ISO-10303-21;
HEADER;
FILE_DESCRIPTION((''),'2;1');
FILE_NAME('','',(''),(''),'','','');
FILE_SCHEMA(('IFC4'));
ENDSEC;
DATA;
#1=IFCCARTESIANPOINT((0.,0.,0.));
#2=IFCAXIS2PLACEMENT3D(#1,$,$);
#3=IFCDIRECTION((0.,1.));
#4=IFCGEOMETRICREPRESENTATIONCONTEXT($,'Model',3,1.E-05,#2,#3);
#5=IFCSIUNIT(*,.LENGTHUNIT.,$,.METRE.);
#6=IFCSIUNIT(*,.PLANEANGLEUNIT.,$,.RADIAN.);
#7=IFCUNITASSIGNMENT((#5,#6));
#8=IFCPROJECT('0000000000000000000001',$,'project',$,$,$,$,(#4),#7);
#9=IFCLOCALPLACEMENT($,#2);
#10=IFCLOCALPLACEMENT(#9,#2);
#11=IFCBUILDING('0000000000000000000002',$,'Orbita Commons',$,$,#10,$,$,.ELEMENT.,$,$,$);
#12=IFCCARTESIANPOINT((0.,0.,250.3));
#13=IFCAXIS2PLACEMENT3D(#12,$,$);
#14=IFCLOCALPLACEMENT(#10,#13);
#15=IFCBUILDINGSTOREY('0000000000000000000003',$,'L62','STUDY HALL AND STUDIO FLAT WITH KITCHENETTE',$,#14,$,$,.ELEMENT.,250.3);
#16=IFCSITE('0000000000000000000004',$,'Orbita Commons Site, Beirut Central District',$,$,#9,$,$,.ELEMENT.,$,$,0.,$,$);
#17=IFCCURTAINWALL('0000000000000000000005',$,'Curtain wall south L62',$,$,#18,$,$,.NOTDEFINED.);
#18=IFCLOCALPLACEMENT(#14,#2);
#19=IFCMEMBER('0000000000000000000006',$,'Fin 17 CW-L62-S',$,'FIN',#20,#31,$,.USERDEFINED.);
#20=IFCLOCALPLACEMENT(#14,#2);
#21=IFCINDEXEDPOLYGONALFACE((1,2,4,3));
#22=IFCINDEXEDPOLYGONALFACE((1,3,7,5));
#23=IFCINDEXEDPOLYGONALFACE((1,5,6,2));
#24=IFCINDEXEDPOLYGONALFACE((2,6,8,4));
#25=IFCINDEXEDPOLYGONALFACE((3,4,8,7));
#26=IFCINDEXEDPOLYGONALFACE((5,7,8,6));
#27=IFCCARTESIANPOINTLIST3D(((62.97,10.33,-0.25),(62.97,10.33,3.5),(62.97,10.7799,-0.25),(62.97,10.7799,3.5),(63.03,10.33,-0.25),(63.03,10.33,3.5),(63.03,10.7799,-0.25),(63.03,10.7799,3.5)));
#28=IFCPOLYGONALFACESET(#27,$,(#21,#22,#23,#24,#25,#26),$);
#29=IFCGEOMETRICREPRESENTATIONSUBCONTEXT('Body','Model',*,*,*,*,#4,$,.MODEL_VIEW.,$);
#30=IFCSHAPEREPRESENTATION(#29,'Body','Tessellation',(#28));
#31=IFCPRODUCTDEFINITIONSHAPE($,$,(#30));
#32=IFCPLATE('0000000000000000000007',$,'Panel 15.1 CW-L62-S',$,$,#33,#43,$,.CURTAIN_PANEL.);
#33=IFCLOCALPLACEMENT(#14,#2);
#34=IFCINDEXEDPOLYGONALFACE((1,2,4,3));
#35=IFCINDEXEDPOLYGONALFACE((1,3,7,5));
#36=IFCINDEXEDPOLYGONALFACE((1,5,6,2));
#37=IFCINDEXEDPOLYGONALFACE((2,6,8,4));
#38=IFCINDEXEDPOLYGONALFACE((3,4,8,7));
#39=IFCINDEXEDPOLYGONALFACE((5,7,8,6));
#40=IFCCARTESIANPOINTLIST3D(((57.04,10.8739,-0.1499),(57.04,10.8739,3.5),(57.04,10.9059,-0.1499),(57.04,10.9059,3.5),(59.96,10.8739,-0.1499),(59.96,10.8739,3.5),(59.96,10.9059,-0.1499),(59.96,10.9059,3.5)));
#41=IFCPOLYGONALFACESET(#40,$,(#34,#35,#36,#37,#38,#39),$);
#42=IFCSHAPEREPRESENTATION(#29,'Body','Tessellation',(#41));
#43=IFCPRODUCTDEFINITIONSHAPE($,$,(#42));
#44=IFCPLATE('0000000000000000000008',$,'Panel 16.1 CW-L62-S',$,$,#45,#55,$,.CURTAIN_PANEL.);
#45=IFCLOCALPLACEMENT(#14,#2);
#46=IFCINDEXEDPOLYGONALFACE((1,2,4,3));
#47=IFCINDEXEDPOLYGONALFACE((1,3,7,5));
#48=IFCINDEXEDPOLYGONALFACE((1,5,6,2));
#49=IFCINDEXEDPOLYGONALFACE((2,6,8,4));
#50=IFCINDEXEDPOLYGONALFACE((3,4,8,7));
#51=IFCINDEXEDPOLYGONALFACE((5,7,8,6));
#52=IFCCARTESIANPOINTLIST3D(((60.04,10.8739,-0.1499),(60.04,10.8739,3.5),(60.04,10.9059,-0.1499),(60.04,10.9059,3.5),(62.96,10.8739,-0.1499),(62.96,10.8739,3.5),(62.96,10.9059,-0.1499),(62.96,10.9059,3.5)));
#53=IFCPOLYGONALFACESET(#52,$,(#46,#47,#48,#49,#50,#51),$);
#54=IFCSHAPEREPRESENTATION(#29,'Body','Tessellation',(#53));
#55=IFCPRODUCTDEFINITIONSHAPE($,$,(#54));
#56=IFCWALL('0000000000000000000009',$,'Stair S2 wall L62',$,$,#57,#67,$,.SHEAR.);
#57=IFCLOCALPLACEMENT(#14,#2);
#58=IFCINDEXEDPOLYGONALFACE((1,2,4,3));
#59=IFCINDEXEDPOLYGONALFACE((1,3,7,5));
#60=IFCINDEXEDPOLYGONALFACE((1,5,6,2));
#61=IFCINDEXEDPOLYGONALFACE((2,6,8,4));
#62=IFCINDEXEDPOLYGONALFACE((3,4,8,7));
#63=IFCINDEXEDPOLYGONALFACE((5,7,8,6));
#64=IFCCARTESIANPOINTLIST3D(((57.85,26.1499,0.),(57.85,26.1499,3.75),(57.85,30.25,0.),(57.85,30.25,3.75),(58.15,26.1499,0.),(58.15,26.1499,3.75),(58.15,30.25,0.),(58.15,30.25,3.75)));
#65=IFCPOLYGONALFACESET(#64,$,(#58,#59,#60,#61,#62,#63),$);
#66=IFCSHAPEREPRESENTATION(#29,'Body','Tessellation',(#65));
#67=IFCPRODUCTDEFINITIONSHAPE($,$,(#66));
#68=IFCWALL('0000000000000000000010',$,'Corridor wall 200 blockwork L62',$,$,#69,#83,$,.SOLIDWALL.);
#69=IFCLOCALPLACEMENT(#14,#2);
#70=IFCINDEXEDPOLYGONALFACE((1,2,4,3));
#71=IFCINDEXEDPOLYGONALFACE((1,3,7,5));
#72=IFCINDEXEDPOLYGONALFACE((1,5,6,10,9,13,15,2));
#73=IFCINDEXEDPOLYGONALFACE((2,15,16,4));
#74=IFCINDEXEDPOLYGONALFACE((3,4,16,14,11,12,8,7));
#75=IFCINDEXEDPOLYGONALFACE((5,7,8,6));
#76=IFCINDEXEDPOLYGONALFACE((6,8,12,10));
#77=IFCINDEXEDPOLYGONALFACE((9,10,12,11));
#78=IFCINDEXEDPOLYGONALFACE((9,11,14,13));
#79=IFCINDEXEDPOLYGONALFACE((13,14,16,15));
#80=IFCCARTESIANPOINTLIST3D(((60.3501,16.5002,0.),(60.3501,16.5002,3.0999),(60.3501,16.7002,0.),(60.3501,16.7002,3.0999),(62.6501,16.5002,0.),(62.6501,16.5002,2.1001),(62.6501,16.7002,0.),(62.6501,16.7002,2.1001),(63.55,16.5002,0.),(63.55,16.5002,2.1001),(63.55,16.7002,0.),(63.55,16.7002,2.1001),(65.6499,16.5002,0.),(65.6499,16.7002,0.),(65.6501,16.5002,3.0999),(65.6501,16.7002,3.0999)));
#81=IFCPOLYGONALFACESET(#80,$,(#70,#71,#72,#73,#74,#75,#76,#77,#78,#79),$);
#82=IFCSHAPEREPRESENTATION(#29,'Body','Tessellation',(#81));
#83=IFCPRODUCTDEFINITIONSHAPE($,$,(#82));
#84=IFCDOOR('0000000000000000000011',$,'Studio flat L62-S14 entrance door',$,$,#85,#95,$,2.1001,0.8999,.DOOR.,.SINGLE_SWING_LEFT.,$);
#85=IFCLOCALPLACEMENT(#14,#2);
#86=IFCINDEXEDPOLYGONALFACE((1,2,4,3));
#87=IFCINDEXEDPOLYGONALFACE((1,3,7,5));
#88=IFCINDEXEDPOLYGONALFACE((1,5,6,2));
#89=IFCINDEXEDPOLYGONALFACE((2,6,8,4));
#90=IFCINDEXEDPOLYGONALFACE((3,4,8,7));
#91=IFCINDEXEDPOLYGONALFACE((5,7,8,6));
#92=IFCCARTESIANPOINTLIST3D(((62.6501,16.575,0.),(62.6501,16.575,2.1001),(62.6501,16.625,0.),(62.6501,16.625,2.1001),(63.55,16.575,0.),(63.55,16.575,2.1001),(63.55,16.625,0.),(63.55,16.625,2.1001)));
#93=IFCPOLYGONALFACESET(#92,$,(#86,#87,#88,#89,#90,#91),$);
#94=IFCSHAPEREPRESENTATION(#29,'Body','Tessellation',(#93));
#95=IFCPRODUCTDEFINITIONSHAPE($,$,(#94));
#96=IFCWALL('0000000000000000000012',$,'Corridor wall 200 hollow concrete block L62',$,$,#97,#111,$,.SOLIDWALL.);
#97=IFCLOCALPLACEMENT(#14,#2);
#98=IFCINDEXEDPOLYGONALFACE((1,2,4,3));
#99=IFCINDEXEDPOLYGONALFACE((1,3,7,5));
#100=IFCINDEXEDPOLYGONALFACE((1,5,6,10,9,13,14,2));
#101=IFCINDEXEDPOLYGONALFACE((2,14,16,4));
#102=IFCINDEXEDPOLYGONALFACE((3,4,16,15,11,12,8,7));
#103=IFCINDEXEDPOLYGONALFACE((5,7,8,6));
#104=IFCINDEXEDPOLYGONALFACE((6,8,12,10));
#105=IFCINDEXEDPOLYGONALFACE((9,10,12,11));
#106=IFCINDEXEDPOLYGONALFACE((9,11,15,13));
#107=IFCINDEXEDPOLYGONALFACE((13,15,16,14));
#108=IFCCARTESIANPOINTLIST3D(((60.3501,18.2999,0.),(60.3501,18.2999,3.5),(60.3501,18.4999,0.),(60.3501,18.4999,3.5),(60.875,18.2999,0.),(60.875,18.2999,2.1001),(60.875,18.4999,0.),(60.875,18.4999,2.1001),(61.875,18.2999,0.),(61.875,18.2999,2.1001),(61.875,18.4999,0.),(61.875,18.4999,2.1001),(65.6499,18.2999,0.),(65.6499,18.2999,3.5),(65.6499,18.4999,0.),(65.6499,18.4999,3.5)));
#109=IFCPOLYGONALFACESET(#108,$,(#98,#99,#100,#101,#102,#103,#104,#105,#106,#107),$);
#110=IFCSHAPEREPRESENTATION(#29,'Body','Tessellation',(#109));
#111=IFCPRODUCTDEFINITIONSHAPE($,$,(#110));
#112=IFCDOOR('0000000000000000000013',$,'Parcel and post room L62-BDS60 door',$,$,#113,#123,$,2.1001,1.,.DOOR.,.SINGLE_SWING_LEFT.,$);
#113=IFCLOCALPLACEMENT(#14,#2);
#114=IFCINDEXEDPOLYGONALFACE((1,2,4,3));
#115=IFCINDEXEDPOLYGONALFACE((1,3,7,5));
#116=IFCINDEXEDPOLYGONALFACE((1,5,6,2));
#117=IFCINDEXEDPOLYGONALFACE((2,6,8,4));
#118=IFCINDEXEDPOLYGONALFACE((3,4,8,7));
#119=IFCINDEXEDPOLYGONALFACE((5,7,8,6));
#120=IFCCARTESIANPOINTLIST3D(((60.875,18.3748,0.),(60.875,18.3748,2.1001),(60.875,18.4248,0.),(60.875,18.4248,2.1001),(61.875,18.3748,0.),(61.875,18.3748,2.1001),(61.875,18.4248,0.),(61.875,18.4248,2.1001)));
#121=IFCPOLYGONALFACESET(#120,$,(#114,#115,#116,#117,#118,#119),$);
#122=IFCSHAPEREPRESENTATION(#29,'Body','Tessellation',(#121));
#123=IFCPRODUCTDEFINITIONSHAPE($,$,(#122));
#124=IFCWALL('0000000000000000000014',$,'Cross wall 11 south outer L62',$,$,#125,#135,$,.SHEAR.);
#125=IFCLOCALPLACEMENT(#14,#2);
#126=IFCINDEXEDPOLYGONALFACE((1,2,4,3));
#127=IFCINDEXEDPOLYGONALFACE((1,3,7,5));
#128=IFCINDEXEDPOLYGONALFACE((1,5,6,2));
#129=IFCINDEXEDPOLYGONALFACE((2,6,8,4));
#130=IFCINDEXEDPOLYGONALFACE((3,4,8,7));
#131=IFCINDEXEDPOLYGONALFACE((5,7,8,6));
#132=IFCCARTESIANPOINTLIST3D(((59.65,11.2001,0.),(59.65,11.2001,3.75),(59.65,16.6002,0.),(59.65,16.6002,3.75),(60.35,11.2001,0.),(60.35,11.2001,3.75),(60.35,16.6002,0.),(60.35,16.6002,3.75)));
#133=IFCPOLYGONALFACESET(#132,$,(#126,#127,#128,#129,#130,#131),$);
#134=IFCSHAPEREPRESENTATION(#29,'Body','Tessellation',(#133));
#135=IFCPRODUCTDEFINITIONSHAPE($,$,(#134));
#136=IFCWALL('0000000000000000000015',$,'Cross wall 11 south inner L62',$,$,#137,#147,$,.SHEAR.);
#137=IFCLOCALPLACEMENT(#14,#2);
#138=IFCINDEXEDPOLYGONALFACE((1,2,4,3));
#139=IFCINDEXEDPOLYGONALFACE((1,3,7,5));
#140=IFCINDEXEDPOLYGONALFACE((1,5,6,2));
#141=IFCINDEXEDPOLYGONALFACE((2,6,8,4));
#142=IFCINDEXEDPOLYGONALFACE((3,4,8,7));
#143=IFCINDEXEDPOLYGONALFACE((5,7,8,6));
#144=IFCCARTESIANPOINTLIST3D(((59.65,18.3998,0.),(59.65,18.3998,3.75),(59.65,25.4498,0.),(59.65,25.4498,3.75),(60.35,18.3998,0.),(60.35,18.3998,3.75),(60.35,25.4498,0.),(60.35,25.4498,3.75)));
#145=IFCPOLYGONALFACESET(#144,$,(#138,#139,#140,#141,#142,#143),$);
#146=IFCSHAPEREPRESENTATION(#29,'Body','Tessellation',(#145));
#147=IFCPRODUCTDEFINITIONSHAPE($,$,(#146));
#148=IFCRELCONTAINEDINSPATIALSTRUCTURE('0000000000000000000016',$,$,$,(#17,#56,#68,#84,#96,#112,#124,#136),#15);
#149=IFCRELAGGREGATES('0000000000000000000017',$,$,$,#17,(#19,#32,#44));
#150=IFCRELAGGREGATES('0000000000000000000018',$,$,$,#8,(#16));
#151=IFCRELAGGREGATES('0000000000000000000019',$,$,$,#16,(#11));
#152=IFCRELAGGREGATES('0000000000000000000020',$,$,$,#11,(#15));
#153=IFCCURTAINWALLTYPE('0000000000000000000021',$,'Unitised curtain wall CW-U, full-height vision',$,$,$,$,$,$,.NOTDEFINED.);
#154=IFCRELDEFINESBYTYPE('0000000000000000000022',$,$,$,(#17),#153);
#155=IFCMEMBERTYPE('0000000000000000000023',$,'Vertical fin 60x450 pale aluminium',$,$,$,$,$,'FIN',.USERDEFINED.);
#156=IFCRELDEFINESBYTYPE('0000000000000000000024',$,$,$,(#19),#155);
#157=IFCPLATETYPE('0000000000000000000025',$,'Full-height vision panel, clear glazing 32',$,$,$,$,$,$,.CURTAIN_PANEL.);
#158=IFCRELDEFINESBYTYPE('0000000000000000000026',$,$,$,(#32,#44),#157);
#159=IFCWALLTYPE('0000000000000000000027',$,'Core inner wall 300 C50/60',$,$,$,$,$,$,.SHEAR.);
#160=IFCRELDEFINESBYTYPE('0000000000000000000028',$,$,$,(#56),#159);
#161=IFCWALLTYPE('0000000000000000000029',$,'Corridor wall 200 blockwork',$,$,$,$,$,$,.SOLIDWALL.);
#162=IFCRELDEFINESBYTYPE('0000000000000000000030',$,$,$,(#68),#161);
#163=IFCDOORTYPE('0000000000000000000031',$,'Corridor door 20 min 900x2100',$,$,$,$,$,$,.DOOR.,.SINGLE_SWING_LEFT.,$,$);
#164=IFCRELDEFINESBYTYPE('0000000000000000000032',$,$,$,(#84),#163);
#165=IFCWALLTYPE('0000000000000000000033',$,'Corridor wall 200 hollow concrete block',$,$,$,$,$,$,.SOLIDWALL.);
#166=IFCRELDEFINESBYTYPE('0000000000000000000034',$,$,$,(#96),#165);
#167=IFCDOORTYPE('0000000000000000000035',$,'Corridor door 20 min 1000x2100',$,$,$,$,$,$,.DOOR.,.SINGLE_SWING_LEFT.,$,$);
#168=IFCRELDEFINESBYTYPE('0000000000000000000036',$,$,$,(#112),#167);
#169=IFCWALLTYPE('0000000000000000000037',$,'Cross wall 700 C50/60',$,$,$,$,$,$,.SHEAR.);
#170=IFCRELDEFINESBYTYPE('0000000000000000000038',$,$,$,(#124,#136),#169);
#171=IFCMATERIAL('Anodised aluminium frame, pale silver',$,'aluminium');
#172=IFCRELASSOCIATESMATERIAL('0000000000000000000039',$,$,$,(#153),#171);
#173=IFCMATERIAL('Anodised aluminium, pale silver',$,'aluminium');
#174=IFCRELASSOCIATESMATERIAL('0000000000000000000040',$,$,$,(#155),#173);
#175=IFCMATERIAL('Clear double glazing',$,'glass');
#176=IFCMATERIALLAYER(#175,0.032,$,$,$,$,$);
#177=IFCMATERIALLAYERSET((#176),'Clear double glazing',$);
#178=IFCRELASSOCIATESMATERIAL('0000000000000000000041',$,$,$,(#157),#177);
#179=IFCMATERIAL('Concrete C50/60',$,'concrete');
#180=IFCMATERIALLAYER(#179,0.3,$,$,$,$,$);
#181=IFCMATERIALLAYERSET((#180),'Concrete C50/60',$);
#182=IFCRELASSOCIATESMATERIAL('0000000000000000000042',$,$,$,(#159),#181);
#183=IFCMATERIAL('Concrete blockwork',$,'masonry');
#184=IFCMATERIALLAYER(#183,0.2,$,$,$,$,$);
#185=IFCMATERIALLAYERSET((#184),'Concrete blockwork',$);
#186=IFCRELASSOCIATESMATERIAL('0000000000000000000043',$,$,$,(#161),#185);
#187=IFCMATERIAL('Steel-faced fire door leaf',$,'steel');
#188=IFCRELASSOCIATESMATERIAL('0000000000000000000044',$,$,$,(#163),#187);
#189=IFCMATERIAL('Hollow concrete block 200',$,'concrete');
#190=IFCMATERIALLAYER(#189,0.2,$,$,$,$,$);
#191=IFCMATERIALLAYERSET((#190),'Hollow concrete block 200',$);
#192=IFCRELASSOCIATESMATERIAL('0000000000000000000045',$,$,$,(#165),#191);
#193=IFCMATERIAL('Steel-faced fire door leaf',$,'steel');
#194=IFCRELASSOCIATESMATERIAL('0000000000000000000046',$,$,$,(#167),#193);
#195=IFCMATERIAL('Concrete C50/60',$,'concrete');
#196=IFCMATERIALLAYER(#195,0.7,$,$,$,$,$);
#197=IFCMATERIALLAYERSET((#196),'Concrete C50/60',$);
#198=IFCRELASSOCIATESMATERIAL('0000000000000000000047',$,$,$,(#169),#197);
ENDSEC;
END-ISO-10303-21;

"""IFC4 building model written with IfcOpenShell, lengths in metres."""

from ifc_helpers import new_model, si_unit, direction, frame, frame_2d, origin, origin_2d, place, context, subcontext, project, spatial, polyline, rectangle, outline, extrude, material, layer, layer_set, material_profile, profile_set, type_object, element, fill, aggregate, save


model = new_model("IFC4")

# Units and contexts
model_context = context("Model", 3, precision=1e-05, world=origin(), true_north=direction((0.0, 1.0)))
body_context = subcontext(model_context, "Body", "Model", "MODEL_VIEW")
ifc_project = project(units=[si_unit("LENGTHUNIT", "METRE"), si_unit("PLANEANGLEUNIT", "RADIAN")], contexts=[model_context])

# Site, building, storey
site_placement = place(None, origin())
site = spatial("IfcSite", under=ifc_project, at=site_placement, Name="Orbita Commons Site, Beirut Central District", CompositionType="ELEMENT", RefElevation=0.0)
building_placement = place(site_placement, origin())
building = spatial("IfcBuilding", under=site, at=building_placement, Name="Orbita Commons", CompositionType="ELEMENT")
storey_placement = place(building_placement, frame((0.0, 0.0, 250.3)))
storey = spatial("IfcBuildingStorey", under=building, at=storey_placement, Name="L62", Description="STUDY HALL AND STUDIO FLAT WITH KITCHENETTE", CompositionType="ELEMENT", Elevation=250.3)

# Curtain wall
ifc_material_1 = material(Name="Anodised aluminium frame, pale silver", Category="aluminium")
curtain_wall_type = type_object("IfcCurtainWallType", Name="Unitised curtain wall CW-U, full-height vision", PredefinedType="NOTDEFINED", material=ifc_material_1)
curtain_wall_placement = place(storey_placement, origin())
curtain_wall = element("IfcCurtainWall", 1, at=curtain_wall_placement, inside=storey, type_object=curtain_wall_type, Name="Curtain wall south L62", PredefinedType="NOTDEFINED")

# Member
ifc_material_2 = material(Name="Anodised aluminium, pale silver", Category="aluminium")
ifc_material_profile_1 = material_profile(ifc_material_2, rectangle(XDim=0.0601, YDim=0.45, at=origin_2d()), Name="FIN 60x450")
ifc_profile_set_1 = profile_set([ifc_material_profile_1], Name="Anodised aluminium, pale silver")
member_type_1 = type_object("IfcMemberType", Name="Vertical fin 60x450 pale aluminium", ElementType="FIN", PredefinedType="USERDEFINED", material=ifc_profile_set_1)
member_1_placement = place(storey_placement, frame((63.0, 10.5549, -0.25), z_axis=(0.0, 0.0, 1.0), x_axis=(1.0, 0.0, 0.0)))
member_1 = element("IfcMember", 2, at=member_1_placement, type_object=member_type_1, Name="Fin 17 CW-L62-S", ObjectType="FIN", PredefinedType="USERDEFINED", context=body_context, shape_type="SweptSolid", body=[
    extrude(rectangle(XDim=0.0601, YDim=0.45, at=origin_2d()), origin(), (0.0, 0.0, 1.0), 3.75),
])

# Plates
ifc_material_3 = material(Name="Clear double glazing", Category="glass")
ifc_layer_1 = layer(ifc_material_3, 0.032)
ifc_layer_set_1 = layer_set([ifc_layer_1], Name="Clear double glazing")
plate_type = type_object("IfcPlateType", Name="Full-height vision panel, clear glazing 32", PredefinedType="CURTAIN_PANEL", material=ifc_layer_set_1)
plate_1_placement = place(storey_placement, frame((58.5, 10.8899, -0.1499), z_axis=(0.0, 0.0, 1.0), x_axis=(1.0, 0.0, 0.0)))
plate_1 = element("IfcPlate", 3, at=plate_1_placement, type_object=plate_type, Name="Panel 15.1 CW-L62-S", PredefinedType="CURTAIN_PANEL", context=body_context, shape_type="SweptSolid", body=[
    extrude(rectangle(XDim=2.9199, YDim=0.032, at=origin_2d()), origin(), (0.0, 0.0, 1.0), 3.6499),
])
plate_2_placement = place(storey_placement, frame((61.5, 10.8899, -0.1499), z_axis=(0.0, 0.0, 1.0), x_axis=(1.0, 0.0, 0.0)))
plate_2 = element("IfcPlate", 4, at=plate_2_placement, type_object=plate_type, Name="Panel 16.1 CW-L62-S", PredefinedType="CURTAIN_PANEL", context=body_context, shape_type="SweptSolid", body=[
    extrude(rectangle(XDim=2.9199, YDim=0.032, at=origin_2d()), origin(), (0.0, 0.0, 1.0), 3.6499),
])
aggregate(curtain_wall, [member_1, plate_1, plate_2])

# Wall
ifc_material_4 = material(Name="Concrete C50/60", Category="concrete")
ifc_layer_2 = layer(ifc_material_4, 0.3)
ifc_layer_set_2 = layer_set([ifc_layer_2], Name="Concrete C50/60")
wall_type_1 = type_object("IfcWallType", Name="Core inner wall 300 C50/60", PredefinedType="SHEAR", material=ifc_layer_set_2)
wall_1_placement = place(storey_placement, frame((58.0, 26.1499, 0.0), z_axis=(0.0, 0.0, 1.0), x_axis=(0.0, 1.0, 0.0)))
element("IfcWall", 5, at=wall_1_placement, inside=storey, type_object=wall_type_1, Name="Stair S2 wall L62", PredefinedType="SHEAR", context=body_context, shape_type="SweptSolid", body=[
    extrude(rectangle(XDim=4.1001, YDim=0.3, at=frame_2d((2.05, 0.0))), origin(), (0.0, 0.0, 1.0), 3.75),
])

# Walls, openings, doors
ifc_material_5 = material(Name="Concrete blockwork", Category="masonry")
ifc_layer_3 = layer(ifc_material_5, 0.2)
ifc_layer_set_3 = layer_set([ifc_layer_3], Name="Concrete blockwork")
wall_type_2 = type_object("IfcWallType", Name="Corridor wall 200 blockwork", PredefinedType="SOLIDWALL", material=ifc_layer_set_3)
wall_2_placement = place(storey_placement, frame((60.3501, 16.6001, 0.0), z_axis=(0.0, 0.0, 1.0), x_axis=(1.0, 0.0, 0.0)))
wall_2 = element("IfcWall", 6, at=wall_2_placement, inside=storey, type_object=wall_type_2, Name="Corridor wall 200 blockwork L62", PredefinedType="SOLIDWALL", context=body_context, shape_type="SweptSolid", body=[
    extrude(outline(polyline([(0.0, 0.0), (5.2998, 0.0), (5.3, 3.0999), (0.0, 3.0999), (0.0, 0.0)])), frame((0.0, 0.1001, 0.0), z_axis=(0.0, -1.0, 0.0), x_axis=(1.0, 0.0, 0.0)), (0.0, 0.0, 1.0), 0.2),
])
opening_1_placement = place(wall_2_placement, frame((2.3, 0.0, 0.0)))
opening_1 = element("IfcOpeningElement", 7, at=opening_1_placement, cuts=wall_2, PredefinedType="OPENING", context=body_context, shape_type="SweptSolid", body=[
    extrude(rectangle(XDim=0.8999, YDim=2.1001, at=frame_2d((0.45, 1.05))), frame((0.0, 0.1099, 0.0), z_axis=(0.0, -1.0, 0.0), x_axis=(1.0, 0.0, 0.0)), (0.0, 0.0, 1.0), 0.22),
])
ifc_material_6 = material(Name="Steel-faced fire door leaf", Category="steel")
door_type_1 = type_object("IfcDoorType", Name="Corridor door 20 min 900x2100", OperationType="SINGLE_SWING_LEFT", PredefinedType="DOOR", material=ifc_material_6)
door_1_placement = place(opening_1_placement, origin())
door_1 = element("IfcDoor", 8, at=door_1_placement, inside=storey, type_object=door_type_1, Name="Studio flat L62-S14 entrance door", OperationType="SINGLE_SWING_LEFT", OverallHeight=2.1001, OverallWidth=0.8999, PredefinedType="DOOR", context=body_context, shape_type="SweptSolid", body=[
    extrude(rectangle(XDim=0.8999, YDim=2.1001, at=frame_2d((0.45, 1.05))), frame((0.0, 0.0249, 0.0), z_axis=(0.0, -1.0, 0.0), x_axis=(1.0, 0.0, 0.0)), (0.0, 0.0, 1.0), 0.05),
])
fill(opening_1, door_1)
ifc_material_7 = material(Name="Hollow concrete block 200", Category="concrete")
ifc_layer_4 = layer(ifc_material_7, 0.2)
ifc_layer_set_4 = layer_set([ifc_layer_4], Name="Hollow concrete block 200")
wall_type_3 = type_object("IfcWallType", Name="Corridor wall 200 hollow concrete block", PredefinedType="SOLIDWALL", material=ifc_layer_set_4)
wall_3_placement = place(storey_placement, frame((60.3501, 18.3999, 0.0), z_axis=(0.0, 0.0, 1.0), x_axis=(1.0, 0.0, 0.0)))
wall_3 = element("IfcWall", 9, at=wall_3_placement, inside=storey, type_object=wall_type_3, Name="Corridor wall 200 hollow concrete block L62", PredefinedType="SOLIDWALL", context=body_context, shape_type="SweptSolid", body=[
    extrude(rectangle(XDim=5.2998, YDim=0.2, at=frame_2d((2.6499, 0.0))), origin(), (0.0, 0.0, 1.0), 3.5),
])
opening_2_placement = place(wall_3_placement, frame((0.5249, 0.0, 0.0)))
opening_2 = element("IfcOpeningElement", 10, at=opening_2_placement, cuts=wall_3, PredefinedType="OPENING", context=body_context, shape_type="SweptSolid", body=[
    extrude(rectangle(XDim=1.0, YDim=2.1001, at=frame_2d((0.5, 1.05))), frame((0.0, 0.1099, 0.0), z_axis=(0.0, -1.0, 0.0), x_axis=(1.0, 0.0, 0.0)), (0.0, 0.0, 1.0), 0.22),
])
ifc_material_8 = material(Name="Steel-faced fire door leaf", Category="steel")
door_type_2 = type_object("IfcDoorType", Name="Corridor door 20 min 1000x2100", OperationType="SINGLE_SWING_LEFT", PredefinedType="DOOR", material=ifc_material_8)
door_2_placement = place(opening_2_placement, origin())
door_2 = element("IfcDoor", 11, at=door_2_placement, inside=storey, type_object=door_type_2, Name="Parcel and post room L62-BDS60 door", OperationType="SINGLE_SWING_LEFT", OverallHeight=2.1001, OverallWidth=1.0, PredefinedType="DOOR", context=body_context, shape_type="SweptSolid", body=[
    extrude(rectangle(XDim=1.0, YDim=2.1001, at=frame_2d((0.5, 1.05))), frame((0.0, 0.0249, 0.0), z_axis=(0.0, -1.0, 0.0), x_axis=(1.0, 0.0, 0.0)), (0.0, 0.0, 1.0), 0.05),
])
fill(opening_2, door_2)

# Walls
ifc_material_9 = material(Name="Concrete C50/60", Category="concrete")
ifc_layer_5 = layer(ifc_material_9, 0.7)
ifc_layer_set_5 = layer_set([ifc_layer_5], Name="Concrete C50/60")
wall_type_4 = type_object("IfcWallType", Name="Cross wall 700 C50/60", PredefinedType="SHEAR", material=ifc_layer_set_5)
wall_4_placement = place(storey_placement, frame((60.0, 11.2, 0.0), z_axis=(0.0, 0.0, 1.0), x_axis=(0.0, 1.0, 0.0)))
element("IfcWall", 12, at=wall_4_placement, inside=storey, type_object=wall_type_4, Name="Cross wall 11 south outer L62", PredefinedType="SHEAR", context=body_context, shape_type="SweptSolid", body=[
    extrude(rectangle(XDim=5.4001, YDim=0.7, at=frame_2d((2.7002, 0.0))), origin(), (0.0, 0.0, 1.0), 3.75),
])
wall_5_placement = place(storey_placement, frame((60.0, 18.3999, 0.0), z_axis=(0.0, 0.0, 1.0), x_axis=(0.0, 1.0, 0.0)))
element("IfcWall", 13, at=wall_5_placement, inside=storey, type_object=wall_type_4, Name="Cross wall 11 south inner L62", PredefinedType="SHEAR", context=body_context, shape_type="SweptSolid", body=[
    extrude(rectangle(XDim=7.05, YDim=0.7, at=frame_2d((3.5249, 0.0))), origin(), (0.0, 0.0, 1.0), 3.75),
])

save(model, "model.ifc")
